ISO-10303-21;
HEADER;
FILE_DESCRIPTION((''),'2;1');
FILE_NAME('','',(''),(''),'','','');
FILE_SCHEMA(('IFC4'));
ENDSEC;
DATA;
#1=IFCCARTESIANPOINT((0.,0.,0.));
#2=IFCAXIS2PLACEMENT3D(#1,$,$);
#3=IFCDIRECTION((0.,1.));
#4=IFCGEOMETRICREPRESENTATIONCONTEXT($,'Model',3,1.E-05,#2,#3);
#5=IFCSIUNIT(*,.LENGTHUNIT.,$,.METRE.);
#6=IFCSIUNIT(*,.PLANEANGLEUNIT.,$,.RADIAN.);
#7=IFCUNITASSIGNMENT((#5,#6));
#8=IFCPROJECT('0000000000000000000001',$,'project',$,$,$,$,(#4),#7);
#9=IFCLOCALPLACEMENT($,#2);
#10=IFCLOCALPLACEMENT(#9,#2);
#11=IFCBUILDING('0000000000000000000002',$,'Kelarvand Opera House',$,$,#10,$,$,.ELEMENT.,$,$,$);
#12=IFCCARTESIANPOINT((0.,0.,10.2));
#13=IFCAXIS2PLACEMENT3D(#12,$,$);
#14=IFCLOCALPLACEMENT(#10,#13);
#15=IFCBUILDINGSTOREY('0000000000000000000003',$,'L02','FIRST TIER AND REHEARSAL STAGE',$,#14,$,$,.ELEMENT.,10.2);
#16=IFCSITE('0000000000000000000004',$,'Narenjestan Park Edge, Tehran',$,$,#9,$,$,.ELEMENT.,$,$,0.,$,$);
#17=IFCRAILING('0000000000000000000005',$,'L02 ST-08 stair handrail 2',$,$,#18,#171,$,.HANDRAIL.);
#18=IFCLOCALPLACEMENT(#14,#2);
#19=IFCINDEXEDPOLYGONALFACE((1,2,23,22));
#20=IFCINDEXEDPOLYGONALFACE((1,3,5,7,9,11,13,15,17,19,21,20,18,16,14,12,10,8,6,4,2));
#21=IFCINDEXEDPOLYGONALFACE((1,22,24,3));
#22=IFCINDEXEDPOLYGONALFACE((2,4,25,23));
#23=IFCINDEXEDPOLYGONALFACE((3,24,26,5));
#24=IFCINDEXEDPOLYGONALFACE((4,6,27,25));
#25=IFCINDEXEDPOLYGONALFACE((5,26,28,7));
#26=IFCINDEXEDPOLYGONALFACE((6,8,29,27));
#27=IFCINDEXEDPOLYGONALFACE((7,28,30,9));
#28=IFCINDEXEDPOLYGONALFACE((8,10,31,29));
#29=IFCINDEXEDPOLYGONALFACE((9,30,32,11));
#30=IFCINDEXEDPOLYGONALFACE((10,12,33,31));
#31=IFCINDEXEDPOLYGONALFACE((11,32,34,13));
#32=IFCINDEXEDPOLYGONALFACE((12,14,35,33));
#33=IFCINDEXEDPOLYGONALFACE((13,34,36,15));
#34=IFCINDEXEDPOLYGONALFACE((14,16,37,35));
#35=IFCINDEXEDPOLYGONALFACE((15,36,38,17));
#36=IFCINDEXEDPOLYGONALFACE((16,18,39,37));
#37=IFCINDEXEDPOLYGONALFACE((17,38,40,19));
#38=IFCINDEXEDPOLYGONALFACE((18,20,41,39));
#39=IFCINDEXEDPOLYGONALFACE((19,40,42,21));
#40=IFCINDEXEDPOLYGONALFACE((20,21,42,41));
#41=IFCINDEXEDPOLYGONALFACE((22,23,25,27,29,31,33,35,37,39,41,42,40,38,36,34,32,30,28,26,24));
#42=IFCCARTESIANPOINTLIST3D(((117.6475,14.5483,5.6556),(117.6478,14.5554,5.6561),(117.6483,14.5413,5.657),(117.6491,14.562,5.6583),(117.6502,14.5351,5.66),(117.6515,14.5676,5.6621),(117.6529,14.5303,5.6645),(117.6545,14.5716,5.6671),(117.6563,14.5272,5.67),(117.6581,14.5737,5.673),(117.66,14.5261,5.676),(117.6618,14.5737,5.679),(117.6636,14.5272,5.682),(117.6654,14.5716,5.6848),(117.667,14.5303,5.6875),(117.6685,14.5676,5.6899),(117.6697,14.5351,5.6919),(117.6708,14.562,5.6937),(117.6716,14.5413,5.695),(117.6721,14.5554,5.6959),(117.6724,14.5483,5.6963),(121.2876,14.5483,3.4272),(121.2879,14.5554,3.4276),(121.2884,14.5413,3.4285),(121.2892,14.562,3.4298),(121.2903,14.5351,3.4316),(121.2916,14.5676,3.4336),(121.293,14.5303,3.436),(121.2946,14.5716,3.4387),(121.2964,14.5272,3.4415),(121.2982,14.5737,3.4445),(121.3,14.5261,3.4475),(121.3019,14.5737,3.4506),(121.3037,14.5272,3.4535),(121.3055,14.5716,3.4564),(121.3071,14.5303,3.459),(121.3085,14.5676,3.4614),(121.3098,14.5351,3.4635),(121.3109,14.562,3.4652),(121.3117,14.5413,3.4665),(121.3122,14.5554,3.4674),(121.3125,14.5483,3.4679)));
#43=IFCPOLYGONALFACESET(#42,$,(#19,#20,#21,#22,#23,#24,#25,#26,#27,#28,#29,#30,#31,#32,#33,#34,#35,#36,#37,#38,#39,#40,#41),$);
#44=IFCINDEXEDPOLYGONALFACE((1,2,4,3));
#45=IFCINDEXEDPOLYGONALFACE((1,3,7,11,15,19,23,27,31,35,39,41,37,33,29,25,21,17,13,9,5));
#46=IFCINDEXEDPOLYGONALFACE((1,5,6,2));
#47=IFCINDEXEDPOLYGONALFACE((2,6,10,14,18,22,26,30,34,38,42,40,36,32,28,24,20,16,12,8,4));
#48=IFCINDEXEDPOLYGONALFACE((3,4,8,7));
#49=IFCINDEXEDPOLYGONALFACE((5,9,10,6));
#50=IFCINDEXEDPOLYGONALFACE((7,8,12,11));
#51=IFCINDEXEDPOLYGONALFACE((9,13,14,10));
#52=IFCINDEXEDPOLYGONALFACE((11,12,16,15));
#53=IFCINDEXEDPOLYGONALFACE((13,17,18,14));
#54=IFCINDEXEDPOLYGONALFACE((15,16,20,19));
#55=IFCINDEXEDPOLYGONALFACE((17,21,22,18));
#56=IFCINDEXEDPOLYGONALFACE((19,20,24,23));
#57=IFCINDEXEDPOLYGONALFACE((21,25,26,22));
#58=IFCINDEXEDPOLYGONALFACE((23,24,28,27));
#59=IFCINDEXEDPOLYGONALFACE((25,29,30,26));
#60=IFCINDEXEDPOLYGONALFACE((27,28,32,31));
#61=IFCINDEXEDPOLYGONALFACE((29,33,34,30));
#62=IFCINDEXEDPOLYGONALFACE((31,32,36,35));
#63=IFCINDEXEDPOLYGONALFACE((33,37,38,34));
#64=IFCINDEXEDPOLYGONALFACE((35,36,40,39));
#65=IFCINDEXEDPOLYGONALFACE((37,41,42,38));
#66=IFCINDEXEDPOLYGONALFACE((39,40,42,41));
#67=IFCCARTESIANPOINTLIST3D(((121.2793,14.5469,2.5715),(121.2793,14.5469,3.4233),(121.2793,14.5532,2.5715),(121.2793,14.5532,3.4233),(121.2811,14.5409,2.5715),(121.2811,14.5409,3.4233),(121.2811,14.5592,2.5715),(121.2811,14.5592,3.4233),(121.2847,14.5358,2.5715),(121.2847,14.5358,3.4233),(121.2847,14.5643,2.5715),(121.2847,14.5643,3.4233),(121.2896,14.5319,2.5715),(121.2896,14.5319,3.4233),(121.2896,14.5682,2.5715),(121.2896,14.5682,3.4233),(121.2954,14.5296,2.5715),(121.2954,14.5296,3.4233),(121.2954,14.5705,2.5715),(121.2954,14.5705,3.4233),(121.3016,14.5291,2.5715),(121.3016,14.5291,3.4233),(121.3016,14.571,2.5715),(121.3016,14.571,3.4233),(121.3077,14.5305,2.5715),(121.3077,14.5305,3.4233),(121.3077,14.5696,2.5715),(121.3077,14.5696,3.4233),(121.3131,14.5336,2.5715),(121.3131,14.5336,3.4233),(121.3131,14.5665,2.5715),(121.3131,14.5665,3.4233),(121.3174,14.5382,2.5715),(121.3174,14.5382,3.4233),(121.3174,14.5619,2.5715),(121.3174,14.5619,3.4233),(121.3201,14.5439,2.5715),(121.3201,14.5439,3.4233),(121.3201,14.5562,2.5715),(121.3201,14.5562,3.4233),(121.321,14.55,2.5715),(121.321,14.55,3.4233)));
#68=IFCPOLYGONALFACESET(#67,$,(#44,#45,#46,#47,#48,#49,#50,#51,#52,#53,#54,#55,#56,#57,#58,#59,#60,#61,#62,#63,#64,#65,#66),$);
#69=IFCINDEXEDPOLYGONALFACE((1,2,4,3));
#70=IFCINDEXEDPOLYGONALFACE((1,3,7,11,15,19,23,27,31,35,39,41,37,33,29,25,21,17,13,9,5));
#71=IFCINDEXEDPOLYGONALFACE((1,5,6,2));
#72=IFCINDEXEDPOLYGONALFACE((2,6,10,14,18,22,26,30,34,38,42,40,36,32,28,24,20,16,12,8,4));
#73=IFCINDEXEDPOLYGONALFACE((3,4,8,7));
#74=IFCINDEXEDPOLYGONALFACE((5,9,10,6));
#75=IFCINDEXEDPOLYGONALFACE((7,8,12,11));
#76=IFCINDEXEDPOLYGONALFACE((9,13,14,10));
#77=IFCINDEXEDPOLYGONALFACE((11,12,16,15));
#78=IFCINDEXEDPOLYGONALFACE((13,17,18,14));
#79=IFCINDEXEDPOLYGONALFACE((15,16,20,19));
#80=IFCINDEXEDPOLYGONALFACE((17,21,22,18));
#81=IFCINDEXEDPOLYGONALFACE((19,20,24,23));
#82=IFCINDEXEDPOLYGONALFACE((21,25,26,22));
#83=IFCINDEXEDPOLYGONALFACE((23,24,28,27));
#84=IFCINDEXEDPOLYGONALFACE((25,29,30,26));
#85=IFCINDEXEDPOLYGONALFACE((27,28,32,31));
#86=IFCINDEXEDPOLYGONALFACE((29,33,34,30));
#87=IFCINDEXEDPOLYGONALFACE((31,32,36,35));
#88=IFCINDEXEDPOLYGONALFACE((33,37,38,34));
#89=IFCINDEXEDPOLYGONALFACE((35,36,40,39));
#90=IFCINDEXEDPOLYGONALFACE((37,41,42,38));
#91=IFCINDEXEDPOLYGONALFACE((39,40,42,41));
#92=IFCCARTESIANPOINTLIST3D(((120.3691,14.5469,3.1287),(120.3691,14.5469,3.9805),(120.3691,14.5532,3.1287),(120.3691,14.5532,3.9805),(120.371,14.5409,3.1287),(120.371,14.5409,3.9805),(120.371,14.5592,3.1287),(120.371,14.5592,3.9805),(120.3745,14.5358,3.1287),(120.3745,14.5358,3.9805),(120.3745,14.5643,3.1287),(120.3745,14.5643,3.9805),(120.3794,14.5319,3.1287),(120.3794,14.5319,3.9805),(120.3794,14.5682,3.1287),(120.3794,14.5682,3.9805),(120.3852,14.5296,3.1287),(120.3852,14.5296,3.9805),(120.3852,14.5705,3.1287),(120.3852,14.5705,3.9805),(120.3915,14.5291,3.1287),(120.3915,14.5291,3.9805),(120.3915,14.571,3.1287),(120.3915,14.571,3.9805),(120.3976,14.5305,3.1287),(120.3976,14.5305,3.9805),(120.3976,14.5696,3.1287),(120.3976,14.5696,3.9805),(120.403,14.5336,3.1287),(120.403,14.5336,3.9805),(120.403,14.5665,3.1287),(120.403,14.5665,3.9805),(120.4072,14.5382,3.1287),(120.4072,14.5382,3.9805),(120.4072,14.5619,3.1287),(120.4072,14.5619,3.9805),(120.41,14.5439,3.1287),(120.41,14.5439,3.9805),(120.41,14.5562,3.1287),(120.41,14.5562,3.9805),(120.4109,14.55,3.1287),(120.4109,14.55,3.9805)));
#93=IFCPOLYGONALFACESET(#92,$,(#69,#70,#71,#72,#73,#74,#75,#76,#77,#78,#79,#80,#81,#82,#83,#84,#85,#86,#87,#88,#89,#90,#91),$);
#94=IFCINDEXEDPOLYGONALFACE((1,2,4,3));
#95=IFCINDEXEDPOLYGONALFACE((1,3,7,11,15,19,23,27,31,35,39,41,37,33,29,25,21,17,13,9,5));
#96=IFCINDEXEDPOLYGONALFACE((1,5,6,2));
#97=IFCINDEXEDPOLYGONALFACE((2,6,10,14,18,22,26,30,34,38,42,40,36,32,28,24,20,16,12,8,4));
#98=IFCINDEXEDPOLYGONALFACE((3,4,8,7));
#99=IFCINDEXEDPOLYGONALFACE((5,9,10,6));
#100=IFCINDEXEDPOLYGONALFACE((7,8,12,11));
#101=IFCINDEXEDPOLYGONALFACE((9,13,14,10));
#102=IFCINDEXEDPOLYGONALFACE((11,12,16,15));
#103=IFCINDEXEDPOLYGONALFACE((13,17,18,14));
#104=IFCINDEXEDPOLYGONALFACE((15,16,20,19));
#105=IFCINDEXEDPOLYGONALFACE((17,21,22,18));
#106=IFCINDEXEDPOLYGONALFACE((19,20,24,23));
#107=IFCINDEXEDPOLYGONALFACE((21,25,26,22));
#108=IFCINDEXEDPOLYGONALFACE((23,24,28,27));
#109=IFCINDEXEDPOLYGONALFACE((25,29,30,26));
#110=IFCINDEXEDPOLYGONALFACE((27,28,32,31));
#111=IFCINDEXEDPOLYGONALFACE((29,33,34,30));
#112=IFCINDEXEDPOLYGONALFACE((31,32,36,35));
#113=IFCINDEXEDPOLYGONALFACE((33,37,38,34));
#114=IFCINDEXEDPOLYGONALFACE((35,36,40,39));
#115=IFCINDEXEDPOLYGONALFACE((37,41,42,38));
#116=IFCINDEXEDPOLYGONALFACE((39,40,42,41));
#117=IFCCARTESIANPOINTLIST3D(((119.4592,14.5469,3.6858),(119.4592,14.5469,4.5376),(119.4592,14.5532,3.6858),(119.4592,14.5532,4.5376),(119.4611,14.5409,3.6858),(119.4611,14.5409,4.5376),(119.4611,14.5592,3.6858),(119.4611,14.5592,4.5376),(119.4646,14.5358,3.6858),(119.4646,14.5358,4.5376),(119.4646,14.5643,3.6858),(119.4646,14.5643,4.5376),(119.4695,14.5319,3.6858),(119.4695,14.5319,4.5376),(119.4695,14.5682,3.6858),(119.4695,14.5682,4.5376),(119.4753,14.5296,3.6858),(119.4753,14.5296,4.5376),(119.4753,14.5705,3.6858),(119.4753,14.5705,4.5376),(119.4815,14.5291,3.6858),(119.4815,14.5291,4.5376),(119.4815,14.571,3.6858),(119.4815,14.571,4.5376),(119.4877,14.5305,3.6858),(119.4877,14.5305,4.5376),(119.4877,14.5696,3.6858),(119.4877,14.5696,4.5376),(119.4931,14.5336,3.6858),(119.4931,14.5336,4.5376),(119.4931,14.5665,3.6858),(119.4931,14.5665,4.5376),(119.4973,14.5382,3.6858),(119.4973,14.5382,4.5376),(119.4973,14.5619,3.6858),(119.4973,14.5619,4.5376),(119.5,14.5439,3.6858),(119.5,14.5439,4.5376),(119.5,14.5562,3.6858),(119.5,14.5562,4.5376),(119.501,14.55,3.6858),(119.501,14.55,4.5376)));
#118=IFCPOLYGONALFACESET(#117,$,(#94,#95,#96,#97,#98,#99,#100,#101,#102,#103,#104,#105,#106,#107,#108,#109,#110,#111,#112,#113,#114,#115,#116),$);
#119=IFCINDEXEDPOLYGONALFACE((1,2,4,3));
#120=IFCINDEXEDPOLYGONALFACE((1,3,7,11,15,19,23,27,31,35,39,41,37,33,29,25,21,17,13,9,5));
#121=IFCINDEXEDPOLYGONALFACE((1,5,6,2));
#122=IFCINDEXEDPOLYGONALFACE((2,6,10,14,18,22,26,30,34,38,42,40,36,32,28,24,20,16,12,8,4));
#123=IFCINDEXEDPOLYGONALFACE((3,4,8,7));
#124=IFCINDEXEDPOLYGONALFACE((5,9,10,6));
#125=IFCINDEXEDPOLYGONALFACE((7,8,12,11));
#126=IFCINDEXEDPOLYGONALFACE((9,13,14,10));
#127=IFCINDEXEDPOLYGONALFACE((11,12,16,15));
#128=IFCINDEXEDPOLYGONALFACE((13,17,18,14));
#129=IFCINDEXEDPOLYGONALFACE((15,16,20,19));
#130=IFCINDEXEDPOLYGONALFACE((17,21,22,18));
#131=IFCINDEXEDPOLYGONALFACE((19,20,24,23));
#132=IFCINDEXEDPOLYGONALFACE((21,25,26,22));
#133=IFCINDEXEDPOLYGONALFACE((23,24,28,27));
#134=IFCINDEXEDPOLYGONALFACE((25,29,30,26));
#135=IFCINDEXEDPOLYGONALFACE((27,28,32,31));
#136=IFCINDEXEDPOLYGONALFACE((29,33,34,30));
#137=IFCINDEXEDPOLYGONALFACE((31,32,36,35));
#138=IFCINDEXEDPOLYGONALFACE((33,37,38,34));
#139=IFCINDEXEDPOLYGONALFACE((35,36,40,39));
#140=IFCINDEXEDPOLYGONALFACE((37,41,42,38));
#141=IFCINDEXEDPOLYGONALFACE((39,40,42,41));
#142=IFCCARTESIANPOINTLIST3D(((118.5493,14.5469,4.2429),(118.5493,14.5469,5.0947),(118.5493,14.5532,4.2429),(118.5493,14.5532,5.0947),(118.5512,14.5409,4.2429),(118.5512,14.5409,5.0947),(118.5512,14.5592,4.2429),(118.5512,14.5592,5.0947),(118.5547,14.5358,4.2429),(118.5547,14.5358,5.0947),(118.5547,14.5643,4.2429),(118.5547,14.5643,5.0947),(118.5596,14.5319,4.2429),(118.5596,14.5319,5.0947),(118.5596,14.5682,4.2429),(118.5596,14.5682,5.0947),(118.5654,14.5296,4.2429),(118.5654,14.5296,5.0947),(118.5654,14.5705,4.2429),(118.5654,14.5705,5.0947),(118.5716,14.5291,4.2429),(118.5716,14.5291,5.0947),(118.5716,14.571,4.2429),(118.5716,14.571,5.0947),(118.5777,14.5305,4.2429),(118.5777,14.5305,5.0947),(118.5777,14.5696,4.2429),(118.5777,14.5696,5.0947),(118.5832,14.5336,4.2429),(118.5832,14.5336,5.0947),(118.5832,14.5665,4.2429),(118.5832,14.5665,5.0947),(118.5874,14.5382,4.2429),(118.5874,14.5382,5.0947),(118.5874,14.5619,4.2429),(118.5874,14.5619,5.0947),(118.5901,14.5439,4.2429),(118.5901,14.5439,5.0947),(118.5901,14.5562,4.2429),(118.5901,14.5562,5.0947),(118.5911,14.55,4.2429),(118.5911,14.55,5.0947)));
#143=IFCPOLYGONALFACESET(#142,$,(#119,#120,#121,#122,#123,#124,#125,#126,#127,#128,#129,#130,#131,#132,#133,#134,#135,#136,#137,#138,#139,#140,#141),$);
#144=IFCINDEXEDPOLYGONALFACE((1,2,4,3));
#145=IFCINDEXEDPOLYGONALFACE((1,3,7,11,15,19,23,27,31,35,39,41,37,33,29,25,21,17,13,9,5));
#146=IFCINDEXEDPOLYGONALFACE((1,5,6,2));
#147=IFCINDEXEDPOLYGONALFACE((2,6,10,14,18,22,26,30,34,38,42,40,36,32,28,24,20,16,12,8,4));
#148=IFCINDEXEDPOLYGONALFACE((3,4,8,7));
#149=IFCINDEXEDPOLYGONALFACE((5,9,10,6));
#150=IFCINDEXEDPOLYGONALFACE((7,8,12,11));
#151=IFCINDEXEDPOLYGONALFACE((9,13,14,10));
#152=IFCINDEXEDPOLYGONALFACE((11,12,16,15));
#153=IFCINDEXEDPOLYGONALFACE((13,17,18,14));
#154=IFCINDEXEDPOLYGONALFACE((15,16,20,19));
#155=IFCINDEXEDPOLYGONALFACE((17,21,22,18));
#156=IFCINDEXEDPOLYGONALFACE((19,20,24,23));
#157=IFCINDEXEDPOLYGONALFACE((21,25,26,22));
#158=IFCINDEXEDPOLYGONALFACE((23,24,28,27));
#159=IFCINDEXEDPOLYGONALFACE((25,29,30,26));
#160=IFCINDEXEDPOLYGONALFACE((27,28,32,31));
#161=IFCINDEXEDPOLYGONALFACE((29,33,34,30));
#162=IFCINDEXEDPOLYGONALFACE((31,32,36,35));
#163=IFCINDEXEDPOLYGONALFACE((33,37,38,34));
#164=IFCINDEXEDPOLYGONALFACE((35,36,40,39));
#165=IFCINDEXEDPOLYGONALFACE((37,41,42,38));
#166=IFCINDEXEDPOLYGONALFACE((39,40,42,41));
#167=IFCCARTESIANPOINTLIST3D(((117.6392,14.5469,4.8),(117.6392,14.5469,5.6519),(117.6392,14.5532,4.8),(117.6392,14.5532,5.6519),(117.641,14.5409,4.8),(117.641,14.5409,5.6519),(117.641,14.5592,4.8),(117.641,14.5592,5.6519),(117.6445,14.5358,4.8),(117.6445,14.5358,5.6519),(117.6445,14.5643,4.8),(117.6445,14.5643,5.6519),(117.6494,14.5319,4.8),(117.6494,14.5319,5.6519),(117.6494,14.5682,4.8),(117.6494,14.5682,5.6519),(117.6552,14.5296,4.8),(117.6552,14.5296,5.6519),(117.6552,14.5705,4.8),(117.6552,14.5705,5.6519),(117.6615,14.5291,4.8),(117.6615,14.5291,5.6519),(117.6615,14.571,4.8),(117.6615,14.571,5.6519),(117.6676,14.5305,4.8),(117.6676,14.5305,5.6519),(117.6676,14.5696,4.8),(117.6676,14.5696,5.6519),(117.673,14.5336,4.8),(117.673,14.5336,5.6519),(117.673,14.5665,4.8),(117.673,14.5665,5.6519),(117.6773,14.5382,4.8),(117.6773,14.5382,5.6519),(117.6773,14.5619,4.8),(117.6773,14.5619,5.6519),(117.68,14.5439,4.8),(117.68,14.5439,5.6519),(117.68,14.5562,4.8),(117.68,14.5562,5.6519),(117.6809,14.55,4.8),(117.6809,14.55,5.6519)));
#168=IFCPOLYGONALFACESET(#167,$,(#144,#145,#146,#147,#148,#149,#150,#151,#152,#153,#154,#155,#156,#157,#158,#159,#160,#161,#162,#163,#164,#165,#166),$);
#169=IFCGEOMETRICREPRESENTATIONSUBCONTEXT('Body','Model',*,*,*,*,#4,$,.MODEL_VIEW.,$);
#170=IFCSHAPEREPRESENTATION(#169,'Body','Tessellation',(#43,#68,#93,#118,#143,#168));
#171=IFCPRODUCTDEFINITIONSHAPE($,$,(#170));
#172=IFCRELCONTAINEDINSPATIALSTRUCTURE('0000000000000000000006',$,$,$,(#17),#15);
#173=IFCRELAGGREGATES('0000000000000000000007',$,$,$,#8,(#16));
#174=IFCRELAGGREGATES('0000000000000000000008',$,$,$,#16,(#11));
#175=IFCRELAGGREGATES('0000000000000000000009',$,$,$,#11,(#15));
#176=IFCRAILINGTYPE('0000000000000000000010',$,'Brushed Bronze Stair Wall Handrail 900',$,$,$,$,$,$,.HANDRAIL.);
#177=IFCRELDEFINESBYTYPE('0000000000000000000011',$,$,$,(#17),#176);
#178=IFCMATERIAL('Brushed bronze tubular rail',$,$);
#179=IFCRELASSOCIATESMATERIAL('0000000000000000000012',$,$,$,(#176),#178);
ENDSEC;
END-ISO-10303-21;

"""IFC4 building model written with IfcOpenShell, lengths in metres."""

from ifc_helpers import new_model, si_unit, direction, frame, origin, origin_2d, place, context, subcontext, project, spatial, circle, extrude, material, type_object, element, save


model = new_model("IFC4")

# Units and contexts
model_context = context("Model", 3, precision=1e-05, world=origin(), true_north=direction((0.0, 1.0)))
body_context = subcontext(model_context, "Body", "Model", "MODEL_VIEW")
ifc_project = project(units=[si_unit("LENGTHUNIT", "METRE"), si_unit("PLANEANGLEUNIT", "RADIAN")], contexts=[model_context])

# Site, building, storey
site_placement = place(None, origin())
site = spatial("IfcSite", under=ifc_project, at=site_placement, Name="Narenjestan Park Edge, Tehran", CompositionType="ELEMENT", RefElevation=0.0)
building_placement = place(site_placement, origin())
building = spatial("IfcBuilding", under=site, at=building_placement, Name="Kelarvand Opera House", CompositionType="ELEMENT")
storey_placement = place(building_placement, frame((0.0, 0.0, 10.2)))
storey = spatial("IfcBuildingStorey", under=building, at=storey_placement, Name="L02", Description="FIRST TIER AND REHEARSAL STAGE", CompositionType="ELEMENT", Elevation=10.2)

# Railing
ifc_material_1 = material(Name="Brushed bronze tubular rail")
railing_type_1 = type_object("IfcRailingType", Name="Brushed Bronze Stair Wall Handrail 900", PredefinedType="HANDRAIL", material=ifc_material_1)
railing_1_placement = place(storey_placement, frame((121.3, 14.55, 2.5715)))
element("IfcRailing", 1, at=railing_1_placement, inside=storey, type_object=railing_type_1, Name="L02 ST-08 stair handrail 2", PredefinedType="HANDRAIL", context=body_context, shape_type="SweptSolid", body=[
    extrude(circle(Radius=0.0239, at=origin_2d()), frame((0.0, 0.0, 0.876), z_axis=(-0.852866, 0.0, 0.52213), x_axis=(0.0, -1.0, 0.0)), (0.0, 0.0, 1.0), 4.2681),
    extrude(circle(Radius=0.021, at=origin_2d()), origin(), (0.0, 0.0, 1.0), 0.8518),
    extrude(circle(Radius=0.021, at=origin_2d()), frame((-0.9102, 0.0, 0.5571)), (0.0, 0.0, 1.0), 0.8518),
    extrude(circle(Radius=0.021, at=origin_2d()), frame((-1.8201, 0.0, 1.1143)), (0.0, 0.0, 1.0), 0.8518),
    extrude(circle(Radius=0.021, at=origin_2d()), frame((-2.73, 0.0, 1.6714)), (0.0, 0.0, 1.0), 0.8518),
    extrude(circle(Radius=0.021, at=origin_2d()), frame((-3.6401, 0.0, 2.2285)), (0.0, 0.0, 1.0), 0.8518),
])

save(model, "model.ifc")
